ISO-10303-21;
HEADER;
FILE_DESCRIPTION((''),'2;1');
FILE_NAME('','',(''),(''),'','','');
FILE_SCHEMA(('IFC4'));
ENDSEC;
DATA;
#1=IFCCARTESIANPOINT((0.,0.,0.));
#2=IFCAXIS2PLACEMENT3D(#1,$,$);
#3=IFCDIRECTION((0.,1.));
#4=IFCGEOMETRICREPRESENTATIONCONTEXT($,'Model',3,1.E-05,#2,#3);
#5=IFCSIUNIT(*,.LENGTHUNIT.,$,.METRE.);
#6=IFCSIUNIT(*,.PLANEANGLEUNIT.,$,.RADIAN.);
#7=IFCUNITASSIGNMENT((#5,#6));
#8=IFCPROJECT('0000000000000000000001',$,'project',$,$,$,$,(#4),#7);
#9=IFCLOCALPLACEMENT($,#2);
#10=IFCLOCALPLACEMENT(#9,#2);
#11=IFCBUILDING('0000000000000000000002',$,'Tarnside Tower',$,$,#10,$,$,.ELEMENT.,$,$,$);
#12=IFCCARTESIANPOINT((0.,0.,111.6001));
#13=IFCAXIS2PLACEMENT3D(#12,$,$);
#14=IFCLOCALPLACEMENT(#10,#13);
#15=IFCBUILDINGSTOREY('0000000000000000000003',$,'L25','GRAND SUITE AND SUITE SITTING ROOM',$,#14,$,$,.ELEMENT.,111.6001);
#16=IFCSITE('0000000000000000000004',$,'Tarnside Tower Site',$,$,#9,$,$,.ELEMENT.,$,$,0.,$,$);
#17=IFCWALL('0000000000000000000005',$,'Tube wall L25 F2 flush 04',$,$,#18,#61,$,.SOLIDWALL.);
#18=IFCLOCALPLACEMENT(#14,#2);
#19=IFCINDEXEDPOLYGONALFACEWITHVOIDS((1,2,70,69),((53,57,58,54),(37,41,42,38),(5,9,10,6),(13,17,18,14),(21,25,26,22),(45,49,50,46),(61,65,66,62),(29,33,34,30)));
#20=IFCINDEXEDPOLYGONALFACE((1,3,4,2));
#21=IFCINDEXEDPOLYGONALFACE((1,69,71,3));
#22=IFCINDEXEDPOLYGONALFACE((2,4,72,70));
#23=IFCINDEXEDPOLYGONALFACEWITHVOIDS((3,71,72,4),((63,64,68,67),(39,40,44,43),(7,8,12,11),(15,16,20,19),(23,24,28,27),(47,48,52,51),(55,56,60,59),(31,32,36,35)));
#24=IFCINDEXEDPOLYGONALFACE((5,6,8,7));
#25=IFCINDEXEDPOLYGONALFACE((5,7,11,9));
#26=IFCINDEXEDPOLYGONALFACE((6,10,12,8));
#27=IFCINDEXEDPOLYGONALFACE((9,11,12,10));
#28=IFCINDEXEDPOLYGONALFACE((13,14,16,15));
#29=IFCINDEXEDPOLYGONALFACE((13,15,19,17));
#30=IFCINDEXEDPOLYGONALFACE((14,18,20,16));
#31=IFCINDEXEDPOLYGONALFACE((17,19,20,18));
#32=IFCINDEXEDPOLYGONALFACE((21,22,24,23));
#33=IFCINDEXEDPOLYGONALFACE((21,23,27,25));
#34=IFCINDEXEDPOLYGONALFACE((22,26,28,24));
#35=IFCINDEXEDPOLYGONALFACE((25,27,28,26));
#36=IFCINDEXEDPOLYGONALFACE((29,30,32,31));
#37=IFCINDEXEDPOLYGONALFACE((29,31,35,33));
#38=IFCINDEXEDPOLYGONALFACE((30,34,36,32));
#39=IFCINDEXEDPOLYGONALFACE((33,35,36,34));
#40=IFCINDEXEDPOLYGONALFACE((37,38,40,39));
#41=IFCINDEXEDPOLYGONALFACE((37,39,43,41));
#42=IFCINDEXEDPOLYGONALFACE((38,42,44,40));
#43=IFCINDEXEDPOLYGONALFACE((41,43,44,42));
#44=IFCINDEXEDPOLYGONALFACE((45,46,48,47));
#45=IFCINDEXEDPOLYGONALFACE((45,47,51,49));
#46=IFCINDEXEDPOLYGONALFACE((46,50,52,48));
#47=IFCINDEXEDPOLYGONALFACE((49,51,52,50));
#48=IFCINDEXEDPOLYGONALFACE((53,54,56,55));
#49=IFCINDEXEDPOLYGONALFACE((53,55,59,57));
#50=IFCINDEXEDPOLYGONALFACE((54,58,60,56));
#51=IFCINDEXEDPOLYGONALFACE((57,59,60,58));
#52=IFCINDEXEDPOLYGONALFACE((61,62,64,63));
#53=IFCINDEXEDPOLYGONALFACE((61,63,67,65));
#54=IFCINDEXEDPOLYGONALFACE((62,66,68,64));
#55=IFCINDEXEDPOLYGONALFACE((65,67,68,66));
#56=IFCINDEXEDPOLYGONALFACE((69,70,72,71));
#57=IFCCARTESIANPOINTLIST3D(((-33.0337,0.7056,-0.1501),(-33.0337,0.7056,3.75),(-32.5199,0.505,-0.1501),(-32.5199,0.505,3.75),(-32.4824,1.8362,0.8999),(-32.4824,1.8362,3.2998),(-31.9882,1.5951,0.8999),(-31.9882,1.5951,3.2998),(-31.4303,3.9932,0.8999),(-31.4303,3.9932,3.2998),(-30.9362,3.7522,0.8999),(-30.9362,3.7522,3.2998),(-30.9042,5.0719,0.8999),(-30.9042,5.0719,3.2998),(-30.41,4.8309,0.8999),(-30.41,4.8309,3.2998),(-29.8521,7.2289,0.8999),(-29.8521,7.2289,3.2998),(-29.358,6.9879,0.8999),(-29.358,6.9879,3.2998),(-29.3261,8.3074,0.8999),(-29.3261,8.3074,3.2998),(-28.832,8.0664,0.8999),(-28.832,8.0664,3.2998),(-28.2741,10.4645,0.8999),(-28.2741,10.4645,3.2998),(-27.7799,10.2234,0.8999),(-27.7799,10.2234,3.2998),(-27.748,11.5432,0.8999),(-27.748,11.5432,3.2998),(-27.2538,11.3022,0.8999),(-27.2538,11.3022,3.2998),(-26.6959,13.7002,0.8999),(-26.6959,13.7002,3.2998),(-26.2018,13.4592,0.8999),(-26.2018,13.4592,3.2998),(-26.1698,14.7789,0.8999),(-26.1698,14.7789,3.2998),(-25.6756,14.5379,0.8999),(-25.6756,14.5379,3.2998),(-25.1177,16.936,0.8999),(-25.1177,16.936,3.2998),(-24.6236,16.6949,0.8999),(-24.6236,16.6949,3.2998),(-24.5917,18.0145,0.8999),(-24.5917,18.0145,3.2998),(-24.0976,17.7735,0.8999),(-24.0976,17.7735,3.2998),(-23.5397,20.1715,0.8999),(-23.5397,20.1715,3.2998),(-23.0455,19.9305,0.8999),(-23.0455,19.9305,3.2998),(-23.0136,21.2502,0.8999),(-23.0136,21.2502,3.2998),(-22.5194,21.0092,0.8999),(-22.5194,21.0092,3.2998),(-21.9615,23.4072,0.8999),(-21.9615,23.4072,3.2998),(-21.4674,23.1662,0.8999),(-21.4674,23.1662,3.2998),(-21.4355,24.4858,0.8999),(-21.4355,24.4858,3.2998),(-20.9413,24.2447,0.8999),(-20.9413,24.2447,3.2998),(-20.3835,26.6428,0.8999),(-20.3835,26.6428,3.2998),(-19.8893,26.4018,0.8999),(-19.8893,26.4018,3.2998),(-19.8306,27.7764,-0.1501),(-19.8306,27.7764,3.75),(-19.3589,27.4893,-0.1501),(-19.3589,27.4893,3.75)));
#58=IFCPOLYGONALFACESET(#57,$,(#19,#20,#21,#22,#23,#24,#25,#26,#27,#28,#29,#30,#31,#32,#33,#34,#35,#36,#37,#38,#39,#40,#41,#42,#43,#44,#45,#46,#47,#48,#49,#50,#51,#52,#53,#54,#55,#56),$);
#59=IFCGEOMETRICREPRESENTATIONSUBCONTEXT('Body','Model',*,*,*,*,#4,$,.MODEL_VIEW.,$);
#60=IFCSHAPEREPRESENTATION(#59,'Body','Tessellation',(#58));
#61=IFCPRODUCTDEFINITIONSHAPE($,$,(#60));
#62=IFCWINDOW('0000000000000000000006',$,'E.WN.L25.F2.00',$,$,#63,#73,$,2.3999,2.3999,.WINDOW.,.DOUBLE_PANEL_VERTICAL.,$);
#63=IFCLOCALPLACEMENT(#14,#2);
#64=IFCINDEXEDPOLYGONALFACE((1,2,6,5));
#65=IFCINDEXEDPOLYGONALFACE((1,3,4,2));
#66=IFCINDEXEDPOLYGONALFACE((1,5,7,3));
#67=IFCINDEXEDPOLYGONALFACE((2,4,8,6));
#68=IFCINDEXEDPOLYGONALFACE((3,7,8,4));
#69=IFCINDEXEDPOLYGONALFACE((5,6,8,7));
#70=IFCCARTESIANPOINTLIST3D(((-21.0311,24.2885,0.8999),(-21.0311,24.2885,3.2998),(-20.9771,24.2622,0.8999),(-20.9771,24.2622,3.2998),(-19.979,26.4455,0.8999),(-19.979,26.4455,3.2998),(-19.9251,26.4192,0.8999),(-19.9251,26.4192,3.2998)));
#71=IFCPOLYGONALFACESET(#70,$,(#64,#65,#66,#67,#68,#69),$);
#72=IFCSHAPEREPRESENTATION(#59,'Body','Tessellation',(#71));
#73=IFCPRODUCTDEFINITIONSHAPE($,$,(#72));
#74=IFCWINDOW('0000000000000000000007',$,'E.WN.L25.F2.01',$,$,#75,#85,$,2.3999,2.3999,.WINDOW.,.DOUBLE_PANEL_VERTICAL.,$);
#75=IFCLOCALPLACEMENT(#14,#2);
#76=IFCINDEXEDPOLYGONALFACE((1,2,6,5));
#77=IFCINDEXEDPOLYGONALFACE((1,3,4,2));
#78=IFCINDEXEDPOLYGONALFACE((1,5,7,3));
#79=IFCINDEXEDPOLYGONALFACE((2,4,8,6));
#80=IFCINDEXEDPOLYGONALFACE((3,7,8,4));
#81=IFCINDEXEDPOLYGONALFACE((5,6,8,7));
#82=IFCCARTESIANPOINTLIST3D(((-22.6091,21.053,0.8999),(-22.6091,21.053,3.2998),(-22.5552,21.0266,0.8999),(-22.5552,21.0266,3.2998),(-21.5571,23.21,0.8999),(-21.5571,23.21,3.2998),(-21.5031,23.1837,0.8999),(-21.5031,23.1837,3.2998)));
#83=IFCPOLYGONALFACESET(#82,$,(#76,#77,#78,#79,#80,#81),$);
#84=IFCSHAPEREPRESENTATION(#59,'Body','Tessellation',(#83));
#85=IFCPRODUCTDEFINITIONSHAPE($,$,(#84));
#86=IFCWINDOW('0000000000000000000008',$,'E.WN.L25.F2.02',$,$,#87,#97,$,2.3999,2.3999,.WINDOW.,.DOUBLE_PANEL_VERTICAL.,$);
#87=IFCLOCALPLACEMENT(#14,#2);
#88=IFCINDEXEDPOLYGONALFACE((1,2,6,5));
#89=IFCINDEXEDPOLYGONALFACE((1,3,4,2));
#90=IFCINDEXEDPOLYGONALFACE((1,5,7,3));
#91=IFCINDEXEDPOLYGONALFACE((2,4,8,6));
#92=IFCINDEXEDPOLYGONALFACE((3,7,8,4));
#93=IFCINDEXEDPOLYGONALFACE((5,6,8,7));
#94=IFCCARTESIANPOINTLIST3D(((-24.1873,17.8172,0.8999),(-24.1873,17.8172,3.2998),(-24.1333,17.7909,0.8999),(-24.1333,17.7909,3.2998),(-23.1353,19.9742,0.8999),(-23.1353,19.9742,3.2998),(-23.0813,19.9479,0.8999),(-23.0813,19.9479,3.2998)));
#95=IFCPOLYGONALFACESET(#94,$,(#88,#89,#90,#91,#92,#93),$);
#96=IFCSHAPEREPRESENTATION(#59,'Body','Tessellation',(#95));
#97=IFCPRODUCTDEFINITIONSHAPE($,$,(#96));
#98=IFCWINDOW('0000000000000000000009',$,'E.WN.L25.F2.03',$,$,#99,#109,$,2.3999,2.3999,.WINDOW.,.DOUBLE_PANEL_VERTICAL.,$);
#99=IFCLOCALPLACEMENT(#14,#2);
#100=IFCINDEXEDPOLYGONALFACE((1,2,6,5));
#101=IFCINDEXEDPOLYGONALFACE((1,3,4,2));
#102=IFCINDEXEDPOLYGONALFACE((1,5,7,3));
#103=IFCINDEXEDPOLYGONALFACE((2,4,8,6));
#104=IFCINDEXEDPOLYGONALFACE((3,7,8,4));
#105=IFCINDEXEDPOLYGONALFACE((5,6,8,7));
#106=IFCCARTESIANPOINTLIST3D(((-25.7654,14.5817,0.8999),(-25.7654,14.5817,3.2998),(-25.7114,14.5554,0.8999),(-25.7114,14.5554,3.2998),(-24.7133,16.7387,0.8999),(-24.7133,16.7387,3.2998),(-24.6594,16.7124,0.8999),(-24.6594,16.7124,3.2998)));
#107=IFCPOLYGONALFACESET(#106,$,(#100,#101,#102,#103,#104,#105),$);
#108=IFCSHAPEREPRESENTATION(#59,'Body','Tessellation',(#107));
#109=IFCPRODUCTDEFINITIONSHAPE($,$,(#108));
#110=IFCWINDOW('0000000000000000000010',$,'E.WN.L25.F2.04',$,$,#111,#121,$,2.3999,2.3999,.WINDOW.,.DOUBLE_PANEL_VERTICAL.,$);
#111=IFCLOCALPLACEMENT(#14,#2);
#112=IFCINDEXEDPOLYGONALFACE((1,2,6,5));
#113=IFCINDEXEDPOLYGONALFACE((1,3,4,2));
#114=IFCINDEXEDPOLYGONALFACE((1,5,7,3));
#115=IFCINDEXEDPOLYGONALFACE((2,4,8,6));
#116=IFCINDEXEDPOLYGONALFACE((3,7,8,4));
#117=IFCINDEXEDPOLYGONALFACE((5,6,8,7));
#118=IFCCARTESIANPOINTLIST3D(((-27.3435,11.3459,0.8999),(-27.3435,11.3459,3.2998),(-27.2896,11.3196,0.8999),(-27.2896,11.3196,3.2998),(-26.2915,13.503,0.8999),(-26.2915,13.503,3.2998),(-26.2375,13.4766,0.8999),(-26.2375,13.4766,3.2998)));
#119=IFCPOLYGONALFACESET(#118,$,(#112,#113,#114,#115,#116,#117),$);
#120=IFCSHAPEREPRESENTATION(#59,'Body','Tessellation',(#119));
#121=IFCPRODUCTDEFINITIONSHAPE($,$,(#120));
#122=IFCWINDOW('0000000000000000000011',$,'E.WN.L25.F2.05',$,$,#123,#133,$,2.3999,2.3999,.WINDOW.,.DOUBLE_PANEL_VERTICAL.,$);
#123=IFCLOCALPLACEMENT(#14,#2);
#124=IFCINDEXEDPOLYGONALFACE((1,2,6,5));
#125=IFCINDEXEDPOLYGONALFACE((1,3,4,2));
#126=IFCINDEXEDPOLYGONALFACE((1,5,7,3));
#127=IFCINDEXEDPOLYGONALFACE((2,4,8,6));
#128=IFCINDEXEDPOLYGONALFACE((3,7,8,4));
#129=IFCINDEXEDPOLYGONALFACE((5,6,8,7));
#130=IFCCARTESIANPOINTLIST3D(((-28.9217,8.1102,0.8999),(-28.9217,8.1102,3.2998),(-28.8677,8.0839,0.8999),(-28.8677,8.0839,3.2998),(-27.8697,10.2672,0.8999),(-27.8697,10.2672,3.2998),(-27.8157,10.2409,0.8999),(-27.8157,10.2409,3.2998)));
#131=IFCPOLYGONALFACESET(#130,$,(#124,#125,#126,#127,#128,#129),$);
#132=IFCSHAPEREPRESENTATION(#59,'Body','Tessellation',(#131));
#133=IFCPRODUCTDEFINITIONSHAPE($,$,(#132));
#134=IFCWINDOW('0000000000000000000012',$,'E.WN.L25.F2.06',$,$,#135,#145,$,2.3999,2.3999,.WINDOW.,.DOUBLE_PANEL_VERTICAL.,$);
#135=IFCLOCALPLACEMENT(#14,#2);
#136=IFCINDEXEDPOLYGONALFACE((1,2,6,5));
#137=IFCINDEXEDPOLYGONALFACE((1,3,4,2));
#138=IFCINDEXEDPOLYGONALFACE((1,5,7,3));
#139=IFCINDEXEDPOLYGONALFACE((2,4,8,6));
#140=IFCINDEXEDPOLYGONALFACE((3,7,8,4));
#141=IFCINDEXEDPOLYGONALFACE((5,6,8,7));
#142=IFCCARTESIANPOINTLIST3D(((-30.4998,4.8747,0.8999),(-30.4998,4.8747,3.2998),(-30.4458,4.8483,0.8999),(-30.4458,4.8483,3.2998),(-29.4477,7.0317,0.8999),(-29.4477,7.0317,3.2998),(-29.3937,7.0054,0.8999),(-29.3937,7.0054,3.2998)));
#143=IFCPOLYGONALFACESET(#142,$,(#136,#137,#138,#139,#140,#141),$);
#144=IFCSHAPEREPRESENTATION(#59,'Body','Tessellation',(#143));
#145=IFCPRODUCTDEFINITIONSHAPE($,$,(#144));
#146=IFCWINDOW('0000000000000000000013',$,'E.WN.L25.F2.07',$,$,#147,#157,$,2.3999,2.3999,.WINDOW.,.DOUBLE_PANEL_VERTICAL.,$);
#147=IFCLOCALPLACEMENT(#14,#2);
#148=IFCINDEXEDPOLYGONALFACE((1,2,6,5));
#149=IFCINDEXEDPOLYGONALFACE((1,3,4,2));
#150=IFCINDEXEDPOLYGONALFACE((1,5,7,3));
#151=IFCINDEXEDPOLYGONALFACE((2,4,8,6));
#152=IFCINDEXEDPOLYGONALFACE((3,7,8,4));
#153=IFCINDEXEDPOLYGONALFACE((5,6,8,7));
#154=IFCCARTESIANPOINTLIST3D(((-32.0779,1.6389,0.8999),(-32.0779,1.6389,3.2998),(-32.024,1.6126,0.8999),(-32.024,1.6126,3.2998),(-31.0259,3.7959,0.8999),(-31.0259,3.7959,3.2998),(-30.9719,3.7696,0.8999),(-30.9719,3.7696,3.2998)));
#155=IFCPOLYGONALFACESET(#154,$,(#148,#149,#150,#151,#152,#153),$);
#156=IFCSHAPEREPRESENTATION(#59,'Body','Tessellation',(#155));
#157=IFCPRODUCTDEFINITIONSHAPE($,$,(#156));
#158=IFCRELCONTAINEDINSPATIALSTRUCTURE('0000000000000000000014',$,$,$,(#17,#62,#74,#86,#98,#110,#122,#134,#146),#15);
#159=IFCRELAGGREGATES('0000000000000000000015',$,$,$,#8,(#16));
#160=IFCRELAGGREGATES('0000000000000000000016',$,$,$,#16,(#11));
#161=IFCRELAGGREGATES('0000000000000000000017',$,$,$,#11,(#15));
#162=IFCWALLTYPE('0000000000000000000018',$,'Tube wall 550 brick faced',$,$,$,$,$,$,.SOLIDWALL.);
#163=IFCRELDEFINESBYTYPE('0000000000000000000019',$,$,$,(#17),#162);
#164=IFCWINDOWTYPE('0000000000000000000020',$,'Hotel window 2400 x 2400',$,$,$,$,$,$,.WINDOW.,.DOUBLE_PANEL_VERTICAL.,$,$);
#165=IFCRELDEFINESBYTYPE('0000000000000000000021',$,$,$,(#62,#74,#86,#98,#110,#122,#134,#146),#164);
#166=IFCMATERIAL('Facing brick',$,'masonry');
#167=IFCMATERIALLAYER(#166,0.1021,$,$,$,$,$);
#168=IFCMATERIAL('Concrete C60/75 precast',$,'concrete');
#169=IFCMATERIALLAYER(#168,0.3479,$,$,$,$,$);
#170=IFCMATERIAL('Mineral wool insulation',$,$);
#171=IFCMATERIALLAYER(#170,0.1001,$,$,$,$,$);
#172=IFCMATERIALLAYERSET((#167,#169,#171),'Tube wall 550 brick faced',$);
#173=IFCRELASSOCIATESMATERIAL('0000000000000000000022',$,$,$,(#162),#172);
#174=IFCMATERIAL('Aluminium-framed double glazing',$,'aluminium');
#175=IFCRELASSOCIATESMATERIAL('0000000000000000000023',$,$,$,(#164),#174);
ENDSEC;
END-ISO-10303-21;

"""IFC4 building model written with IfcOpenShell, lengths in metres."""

from ifc_helpers import new_model, si_unit, direction, frame, frame_2d, origin, place, context, subcontext, project, spatial, polyline, rectangle, outline, extrude, material, layer, layer_set, type_object, element, fill, save


model = new_model("IFC4")

# Units and contexts
model_context = context("Model", 3, precision=1e-05, world=origin(), true_north=direction((0.0, 1.0)))
body_context = subcontext(model_context, "Body", "Model", "MODEL_VIEW")
ifc_project = project(units=[si_unit("LENGTHUNIT", "METRE"), si_unit("PLANEANGLEUNIT", "RADIAN")], contexts=[model_context])

# Site, building, storey
site_placement = place(None, origin())
site = spatial("IfcSite", under=ifc_project, at=site_placement, Name="Tarnside Tower Site", CompositionType="ELEMENT", RefElevation=0.0)
building_placement = place(site_placement, origin())
building = spatial("IfcBuilding", under=site, at=building_placement, Name="Tarnside Tower", CompositionType="ELEMENT")
storey_placement = place(building_placement, frame((0.0, 0.0, 111.6001)))
storey = spatial("IfcBuildingStorey", under=building, at=storey_placement, Name="L25", Description="GRAND SUITE AND SUITE SITTING ROOM", CompositionType="ELEMENT", Elevation=111.6001)

# Shared definitions
ifc_material_1 = material(Name="Facing brick", Category="masonry")
ifc_layer_1 = layer(ifc_material_1, 0.1021)
ifc_material_2 = material(Name="Concrete C60/75 precast", Category="concrete")
ifc_layer_2 = layer(ifc_material_2, 0.3479)
ifc_material_3 = material(Name="Mineral wool insulation")
ifc_layer_3 = layer(ifc_material_3, 0.1001)
ifc_layer_set_1 = layer_set([ifc_layer_1, ifc_layer_2, ifc_layer_3], Name="Tube wall 550 brick faced")
wall_type_1 = type_object("IfcWallType", Name="Tube wall 550 brick faced", PredefinedType="SOLIDWALL", material=ifc_layer_set_1)

# Wall, openings, windows
wall_1_placement = place(storey_placement, frame((-19.5947, 27.6328, -0.1501), z_axis=(0.0, 0.0, 1.0), x_axis=(-0.438368, -0.898795, 0.0)))
wall_1 = element("IfcWall", 1, at=wall_1_placement, inside=storey, type_object=wall_type_1, Name="Tube wall L25 F2 flush 04", PredefinedType="SOLIDWALL", context=body_context, shape_type="SweptSolid", body=[
    extrude(outline(polyline([(-0.0256, -0.2749), (30.0933, -0.2749), (30.0483, 0.2749), (0.0256, 0.2749), (-0.0256, -0.2749)])), origin(), (0.0, 0.0, 1.0), 3.9001),
])
opening_1_placement = place(wall_1_placement, frame((1.2356, 0.0, 1.05)))
opening_1 = element("IfcOpeningElement", 2, at=opening_1_placement, cuts=wall_1, PredefinedType="OPENING", context=body_context, shape_type="SweptSolid", body=[
    extrude(rectangle(XDim=2.3999, YDim=2.3999, at=frame_2d((1.2, 1.2))), frame((0.0, 0.2852, 0.0), z_axis=(0.0, -1.0, 0.0), x_axis=(1.0, 0.0, 0.0)), (0.0, 0.0, 1.0), 0.5701),
])
opening_2_placement = place(wall_1_placement, frame((4.8354, 0.0, 1.05)))
opening_2 = element("IfcOpeningElement", 3, at=opening_2_placement, cuts=wall_1, PredefinedType="OPENING", context=body_context, shape_type="SweptSolid", body=[
    extrude(rectangle(XDim=2.3999, YDim=2.3999, at=frame_2d((1.2, 1.2))), frame((0.0, 0.2852, 0.0), z_axis=(0.0, -1.0, 0.0), x_axis=(1.0, 0.0, 0.0)), (0.0, 0.0, 1.0), 0.5701),
])
opening_3_placement = place(wall_1_placement, frame((8.4355, 0.0, 1.05)))
opening_3 = element("IfcOpeningElement", 4, at=opening_3_placement, cuts=wall_1, PredefinedType="OPENING", context=body_context, shape_type="SweptSolid", body=[
    extrude(rectangle(XDim=2.3999, YDim=2.3999, at=frame_2d((1.2, 1.2))), frame((0.0, 0.2852, 0.0), z_axis=(0.0, -1.0, 0.0), x_axis=(1.0, 0.0, 0.0)), (0.0, 0.0, 1.0), 0.5701),
])
opening_4_placement = place(wall_1_placement, frame((12.0354, 0.0, 1.05)))
opening_4 = element("IfcOpeningElement", 5, at=opening_4_placement, cuts=wall_1, PredefinedType="OPENING", context=body_context, shape_type="SweptSolid", body=[
    extrude(rectangle(XDim=2.3999, YDim=2.3999, at=frame_2d((1.2, 1.2))), frame((0.0, 0.2852, 0.0), z_axis=(0.0, -1.0, 0.0), x_axis=(1.0, 0.0, 0.0)), (0.0, 0.0, 1.0), 0.5701),
])
opening_5_placement = place(wall_1_placement, frame((15.6355, 0.0, 1.05)))
opening_5 = element("IfcOpeningElement", 6, at=opening_5_placement, cuts=wall_1, PredefinedType="OPENING", context=body_context, shape_type="SweptSolid", body=[
    extrude(rectangle(XDim=2.3999, YDim=2.3999, at=frame_2d((1.2, 1.2))), frame((0.0, 0.2852, 0.0), z_axis=(0.0, -1.0, 0.0), x_axis=(1.0, 0.0, 0.0)), (0.0, 0.0, 1.0), 0.5701),
])
opening_6_placement = place(wall_1_placement, frame((19.2356, 0.0, 1.05)))
opening_6 = element("IfcOpeningElement", 7, at=opening_6_placement, cuts=wall_1, PredefinedType="OPENING", context=body_context, shape_type="SweptSolid", body=[
    extrude(rectangle(XDim=2.3999, YDim=2.3999, at=frame_2d((1.2, 1.2))), frame((0.0, 0.2852, 0.0), z_axis=(0.0, -1.0, 0.0), x_axis=(1.0, 0.0, 0.0)), (0.0, 0.0, 1.0), 0.5701),
])
opening_7_placement = place(wall_1_placement, frame((22.8354, 0.0, 1.05)))
opening_7 = element("IfcOpeningElement", 8, at=opening_7_placement, cuts=wall_1, PredefinedType="OPENING", context=body_context, shape_type="SweptSolid", body=[
    extrude(rectangle(XDim=2.3999, YDim=2.3999, at=frame_2d((1.2, 1.2))), frame((0.0, 0.2852, 0.0), z_axis=(0.0, -1.0, 0.0), x_axis=(1.0, 0.0, 0.0)), (0.0, 0.0, 1.0), 0.5701),
])
opening_8_placement = place(wall_1_placement, frame((26.4355, 0.0, 1.05)))
opening_8 = element("IfcOpeningElement", 9, at=opening_8_placement, cuts=wall_1, PredefinedType="OPENING", context=body_context, shape_type="SweptSolid", body=[
    extrude(rectangle(XDim=2.3999, YDim=2.3999, at=frame_2d((1.2, 1.2))), frame((0.0, 0.2852, 0.0), z_axis=(0.0, -1.0, 0.0), x_axis=(1.0, 0.0, 0.0)), (0.0, 0.0, 1.0), 0.5701),
])
ifc_material_4 = material(Name="Aluminium-framed double glazing", Category="aluminium")
window_type = type_object("IfcWindowType", Name="Hotel window 2400 x 2400", PartitioningType="DOUBLE_PANEL_VERTICAL", PredefinedType="WINDOW", material=ifc_material_4)
window_1_placement = place(opening_1_placement, frame((0.0, 0.2051, 0.0)))
window_1 = element("IfcWindow", 10, at=window_1_placement, inside=storey, type_object=window_type, Name="E.WN.L25.F2.00", OverallHeight=2.3999, OverallWidth=2.3999, PartitioningType="DOUBLE_PANEL_VERTICAL", PredefinedType="WINDOW", context=body_context, shape_type="SweptSolid", body=[
    extrude(rectangle(XDim=2.3999, YDim=2.3999, at=frame_2d((1.2, 1.2))), frame((0.0, 0.03, 0.0), z_axis=(0.0, -1.0, 0.0), x_axis=(1.0, 0.0, 0.0)), (0.0, 0.0, 1.0), 0.0601),
])
fill(opening_1, window_1)
window_2_placement = place(opening_2_placement, frame((0.0, 0.2051, 0.0)))
window_2 = element("IfcWindow", 11, at=window_2_placement, inside=storey, type_object=window_type, Name="E.WN.L25.F2.01", OverallHeight=2.3999, OverallWidth=2.3999, PartitioningType="DOUBLE_PANEL_VERTICAL", PredefinedType="WINDOW", context=body_context, shape_type="SweptSolid", body=[
    extrude(rectangle(XDim=2.3999, YDim=2.3999, at=frame_2d((1.2, 1.2))), frame((0.0, 0.03, 0.0), z_axis=(0.0, -1.0, 0.0), x_axis=(1.0, 0.0, 0.0)), (0.0, 0.0, 1.0), 0.0601),
])
fill(opening_2, window_2)
window_3_placement = place(opening_3_placement, frame((0.0, 0.2051, 0.0)))
window_3 = element("IfcWindow", 12, at=window_3_placement, inside=storey, type_object=window_type, Name="E.WN.L25.F2.02", OverallHeight=2.3999, OverallWidth=2.3999, PartitioningType="DOUBLE_PANEL_VERTICAL", PredefinedType="WINDOW", context=body_context, shape_type="SweptSolid", body=[
    extrude(rectangle(XDim=2.3999, YDim=2.3999, at=frame_2d((1.2, 1.2))), frame((0.0, 0.03, 0.0), z_axis=(0.0, -1.0, 0.0), x_axis=(1.0, 0.0, 0.0)), (0.0, 0.0, 1.0), 0.0601),
])
fill(opening_3, window_3)
window_4_placement = place(opening_4_placement, frame((0.0, 0.2051, 0.0)))
window_4 = element("IfcWindow", 13, at=window_4_placement, inside=storey, type_object=window_type, Name="E.WN.L25.F2.03", OverallHeight=2.3999, OverallWidth=2.3999, PartitioningType="DOUBLE_PANEL_VERTICAL", PredefinedType="WINDOW", context=body_context, shape_type="SweptSolid", body=[
    extrude(rectangle(XDim=2.3999, YDim=2.3999, at=frame_2d((1.2, 1.2))), frame((0.0, 0.03, 0.0), z_axis=(0.0, -1.0, 0.0), x_axis=(1.0, 0.0, 0.0)), (0.0, 0.0, 1.0), 0.0601),
])
fill(opening_4, window_4)
window_5_placement = place(opening_5_placement, frame((0.0, 0.2051, 0.0)))
window_5 = element("IfcWindow", 14, at=window_5_placement, inside=storey, type_object=window_type, Name="E.WN.L25.F2.04", OverallHeight=2.3999, OverallWidth=2.3999, PartitioningType="DOUBLE_PANEL_VERTICAL", PredefinedType="WINDOW", context=body_context, shape_type="SweptSolid", body=[
    extrude(rectangle(XDim=2.3999, YDim=2.3999, at=frame_2d((1.2, 1.2))), frame((0.0, 0.03, 0.0), z_axis=(0.0, -1.0, 0.0), x_axis=(1.0, 0.0, 0.0)), (0.0, 0.0, 1.0), 0.0601),
])
fill(opening_5, window_5)
window_6_placement = place(opening_6_placement, frame((0.0, 0.2051, 0.0)))
window_6 = element("IfcWindow", 15, at=window_6_placement, inside=storey, type_object=window_type, Name="E.WN.L25.F2.05", OverallHeight=2.3999, OverallWidth=2.3999, PartitioningType="DOUBLE_PANEL_VERTICAL", PredefinedType="WINDOW", context=body_context, shape_type="SweptSolid", body=[
    extrude(rectangle(XDim=2.3999, YDim=2.3999, at=frame_2d((1.2, 1.2))), frame((0.0, 0.03, 0.0), z_axis=(0.0, -1.0, 0.0), x_axis=(1.0, 0.0, 0.0)), (0.0, 0.0, 1.0), 0.0601),
])
fill(opening_6, window_6)
window_7_placement = place(opening_7_placement, frame((0.0, 0.2051, 0.0)))
window_7 = element("IfcWindow", 16, at=window_7_placement, inside=storey, type_object=window_type, Name="E.WN.L25.F2.06", OverallHeight=2.3999, OverallWidth=2.3999, PartitioningType="DOUBLE_PANEL_VERTICAL", PredefinedType="WINDOW", context=body_context, shape_type="SweptSolid", body=[
    extrude(rectangle(XDim=2.3999, YDim=2.3999, at=frame_2d((1.2, 1.2))), frame((0.0, 0.03, 0.0), z_axis=(0.0, -1.0, 0.0), x_axis=(1.0, 0.0, 0.0)), (0.0, 0.0, 1.0), 0.0601),
])
fill(opening_7, window_7)
window_8_placement = place(opening_8_placement, frame((0.0, 0.2051, 0.0)))
window_8 = element("IfcWindow", 17, at=window_8_placement, inside=storey, type_object=window_type, Name="E.WN.L25.F2.07", OverallHeight=2.3999, OverallWidth=2.3999, PartitioningType="DOUBLE_PANEL_VERTICAL", PredefinedType="WINDOW", context=body_context, shape_type="SweptSolid", body=[
    extrude(rectangle(XDim=2.3999, YDim=2.3999, at=frame_2d((1.2, 1.2))), frame((0.0, 0.03, 0.0), z_axis=(0.0, -1.0, 0.0), x_axis=(1.0, 0.0, 0.0)), (0.0, 0.0, 1.0), 0.0601),
])
fill(opening_8, window_8)

save(model, "model.ifc")
